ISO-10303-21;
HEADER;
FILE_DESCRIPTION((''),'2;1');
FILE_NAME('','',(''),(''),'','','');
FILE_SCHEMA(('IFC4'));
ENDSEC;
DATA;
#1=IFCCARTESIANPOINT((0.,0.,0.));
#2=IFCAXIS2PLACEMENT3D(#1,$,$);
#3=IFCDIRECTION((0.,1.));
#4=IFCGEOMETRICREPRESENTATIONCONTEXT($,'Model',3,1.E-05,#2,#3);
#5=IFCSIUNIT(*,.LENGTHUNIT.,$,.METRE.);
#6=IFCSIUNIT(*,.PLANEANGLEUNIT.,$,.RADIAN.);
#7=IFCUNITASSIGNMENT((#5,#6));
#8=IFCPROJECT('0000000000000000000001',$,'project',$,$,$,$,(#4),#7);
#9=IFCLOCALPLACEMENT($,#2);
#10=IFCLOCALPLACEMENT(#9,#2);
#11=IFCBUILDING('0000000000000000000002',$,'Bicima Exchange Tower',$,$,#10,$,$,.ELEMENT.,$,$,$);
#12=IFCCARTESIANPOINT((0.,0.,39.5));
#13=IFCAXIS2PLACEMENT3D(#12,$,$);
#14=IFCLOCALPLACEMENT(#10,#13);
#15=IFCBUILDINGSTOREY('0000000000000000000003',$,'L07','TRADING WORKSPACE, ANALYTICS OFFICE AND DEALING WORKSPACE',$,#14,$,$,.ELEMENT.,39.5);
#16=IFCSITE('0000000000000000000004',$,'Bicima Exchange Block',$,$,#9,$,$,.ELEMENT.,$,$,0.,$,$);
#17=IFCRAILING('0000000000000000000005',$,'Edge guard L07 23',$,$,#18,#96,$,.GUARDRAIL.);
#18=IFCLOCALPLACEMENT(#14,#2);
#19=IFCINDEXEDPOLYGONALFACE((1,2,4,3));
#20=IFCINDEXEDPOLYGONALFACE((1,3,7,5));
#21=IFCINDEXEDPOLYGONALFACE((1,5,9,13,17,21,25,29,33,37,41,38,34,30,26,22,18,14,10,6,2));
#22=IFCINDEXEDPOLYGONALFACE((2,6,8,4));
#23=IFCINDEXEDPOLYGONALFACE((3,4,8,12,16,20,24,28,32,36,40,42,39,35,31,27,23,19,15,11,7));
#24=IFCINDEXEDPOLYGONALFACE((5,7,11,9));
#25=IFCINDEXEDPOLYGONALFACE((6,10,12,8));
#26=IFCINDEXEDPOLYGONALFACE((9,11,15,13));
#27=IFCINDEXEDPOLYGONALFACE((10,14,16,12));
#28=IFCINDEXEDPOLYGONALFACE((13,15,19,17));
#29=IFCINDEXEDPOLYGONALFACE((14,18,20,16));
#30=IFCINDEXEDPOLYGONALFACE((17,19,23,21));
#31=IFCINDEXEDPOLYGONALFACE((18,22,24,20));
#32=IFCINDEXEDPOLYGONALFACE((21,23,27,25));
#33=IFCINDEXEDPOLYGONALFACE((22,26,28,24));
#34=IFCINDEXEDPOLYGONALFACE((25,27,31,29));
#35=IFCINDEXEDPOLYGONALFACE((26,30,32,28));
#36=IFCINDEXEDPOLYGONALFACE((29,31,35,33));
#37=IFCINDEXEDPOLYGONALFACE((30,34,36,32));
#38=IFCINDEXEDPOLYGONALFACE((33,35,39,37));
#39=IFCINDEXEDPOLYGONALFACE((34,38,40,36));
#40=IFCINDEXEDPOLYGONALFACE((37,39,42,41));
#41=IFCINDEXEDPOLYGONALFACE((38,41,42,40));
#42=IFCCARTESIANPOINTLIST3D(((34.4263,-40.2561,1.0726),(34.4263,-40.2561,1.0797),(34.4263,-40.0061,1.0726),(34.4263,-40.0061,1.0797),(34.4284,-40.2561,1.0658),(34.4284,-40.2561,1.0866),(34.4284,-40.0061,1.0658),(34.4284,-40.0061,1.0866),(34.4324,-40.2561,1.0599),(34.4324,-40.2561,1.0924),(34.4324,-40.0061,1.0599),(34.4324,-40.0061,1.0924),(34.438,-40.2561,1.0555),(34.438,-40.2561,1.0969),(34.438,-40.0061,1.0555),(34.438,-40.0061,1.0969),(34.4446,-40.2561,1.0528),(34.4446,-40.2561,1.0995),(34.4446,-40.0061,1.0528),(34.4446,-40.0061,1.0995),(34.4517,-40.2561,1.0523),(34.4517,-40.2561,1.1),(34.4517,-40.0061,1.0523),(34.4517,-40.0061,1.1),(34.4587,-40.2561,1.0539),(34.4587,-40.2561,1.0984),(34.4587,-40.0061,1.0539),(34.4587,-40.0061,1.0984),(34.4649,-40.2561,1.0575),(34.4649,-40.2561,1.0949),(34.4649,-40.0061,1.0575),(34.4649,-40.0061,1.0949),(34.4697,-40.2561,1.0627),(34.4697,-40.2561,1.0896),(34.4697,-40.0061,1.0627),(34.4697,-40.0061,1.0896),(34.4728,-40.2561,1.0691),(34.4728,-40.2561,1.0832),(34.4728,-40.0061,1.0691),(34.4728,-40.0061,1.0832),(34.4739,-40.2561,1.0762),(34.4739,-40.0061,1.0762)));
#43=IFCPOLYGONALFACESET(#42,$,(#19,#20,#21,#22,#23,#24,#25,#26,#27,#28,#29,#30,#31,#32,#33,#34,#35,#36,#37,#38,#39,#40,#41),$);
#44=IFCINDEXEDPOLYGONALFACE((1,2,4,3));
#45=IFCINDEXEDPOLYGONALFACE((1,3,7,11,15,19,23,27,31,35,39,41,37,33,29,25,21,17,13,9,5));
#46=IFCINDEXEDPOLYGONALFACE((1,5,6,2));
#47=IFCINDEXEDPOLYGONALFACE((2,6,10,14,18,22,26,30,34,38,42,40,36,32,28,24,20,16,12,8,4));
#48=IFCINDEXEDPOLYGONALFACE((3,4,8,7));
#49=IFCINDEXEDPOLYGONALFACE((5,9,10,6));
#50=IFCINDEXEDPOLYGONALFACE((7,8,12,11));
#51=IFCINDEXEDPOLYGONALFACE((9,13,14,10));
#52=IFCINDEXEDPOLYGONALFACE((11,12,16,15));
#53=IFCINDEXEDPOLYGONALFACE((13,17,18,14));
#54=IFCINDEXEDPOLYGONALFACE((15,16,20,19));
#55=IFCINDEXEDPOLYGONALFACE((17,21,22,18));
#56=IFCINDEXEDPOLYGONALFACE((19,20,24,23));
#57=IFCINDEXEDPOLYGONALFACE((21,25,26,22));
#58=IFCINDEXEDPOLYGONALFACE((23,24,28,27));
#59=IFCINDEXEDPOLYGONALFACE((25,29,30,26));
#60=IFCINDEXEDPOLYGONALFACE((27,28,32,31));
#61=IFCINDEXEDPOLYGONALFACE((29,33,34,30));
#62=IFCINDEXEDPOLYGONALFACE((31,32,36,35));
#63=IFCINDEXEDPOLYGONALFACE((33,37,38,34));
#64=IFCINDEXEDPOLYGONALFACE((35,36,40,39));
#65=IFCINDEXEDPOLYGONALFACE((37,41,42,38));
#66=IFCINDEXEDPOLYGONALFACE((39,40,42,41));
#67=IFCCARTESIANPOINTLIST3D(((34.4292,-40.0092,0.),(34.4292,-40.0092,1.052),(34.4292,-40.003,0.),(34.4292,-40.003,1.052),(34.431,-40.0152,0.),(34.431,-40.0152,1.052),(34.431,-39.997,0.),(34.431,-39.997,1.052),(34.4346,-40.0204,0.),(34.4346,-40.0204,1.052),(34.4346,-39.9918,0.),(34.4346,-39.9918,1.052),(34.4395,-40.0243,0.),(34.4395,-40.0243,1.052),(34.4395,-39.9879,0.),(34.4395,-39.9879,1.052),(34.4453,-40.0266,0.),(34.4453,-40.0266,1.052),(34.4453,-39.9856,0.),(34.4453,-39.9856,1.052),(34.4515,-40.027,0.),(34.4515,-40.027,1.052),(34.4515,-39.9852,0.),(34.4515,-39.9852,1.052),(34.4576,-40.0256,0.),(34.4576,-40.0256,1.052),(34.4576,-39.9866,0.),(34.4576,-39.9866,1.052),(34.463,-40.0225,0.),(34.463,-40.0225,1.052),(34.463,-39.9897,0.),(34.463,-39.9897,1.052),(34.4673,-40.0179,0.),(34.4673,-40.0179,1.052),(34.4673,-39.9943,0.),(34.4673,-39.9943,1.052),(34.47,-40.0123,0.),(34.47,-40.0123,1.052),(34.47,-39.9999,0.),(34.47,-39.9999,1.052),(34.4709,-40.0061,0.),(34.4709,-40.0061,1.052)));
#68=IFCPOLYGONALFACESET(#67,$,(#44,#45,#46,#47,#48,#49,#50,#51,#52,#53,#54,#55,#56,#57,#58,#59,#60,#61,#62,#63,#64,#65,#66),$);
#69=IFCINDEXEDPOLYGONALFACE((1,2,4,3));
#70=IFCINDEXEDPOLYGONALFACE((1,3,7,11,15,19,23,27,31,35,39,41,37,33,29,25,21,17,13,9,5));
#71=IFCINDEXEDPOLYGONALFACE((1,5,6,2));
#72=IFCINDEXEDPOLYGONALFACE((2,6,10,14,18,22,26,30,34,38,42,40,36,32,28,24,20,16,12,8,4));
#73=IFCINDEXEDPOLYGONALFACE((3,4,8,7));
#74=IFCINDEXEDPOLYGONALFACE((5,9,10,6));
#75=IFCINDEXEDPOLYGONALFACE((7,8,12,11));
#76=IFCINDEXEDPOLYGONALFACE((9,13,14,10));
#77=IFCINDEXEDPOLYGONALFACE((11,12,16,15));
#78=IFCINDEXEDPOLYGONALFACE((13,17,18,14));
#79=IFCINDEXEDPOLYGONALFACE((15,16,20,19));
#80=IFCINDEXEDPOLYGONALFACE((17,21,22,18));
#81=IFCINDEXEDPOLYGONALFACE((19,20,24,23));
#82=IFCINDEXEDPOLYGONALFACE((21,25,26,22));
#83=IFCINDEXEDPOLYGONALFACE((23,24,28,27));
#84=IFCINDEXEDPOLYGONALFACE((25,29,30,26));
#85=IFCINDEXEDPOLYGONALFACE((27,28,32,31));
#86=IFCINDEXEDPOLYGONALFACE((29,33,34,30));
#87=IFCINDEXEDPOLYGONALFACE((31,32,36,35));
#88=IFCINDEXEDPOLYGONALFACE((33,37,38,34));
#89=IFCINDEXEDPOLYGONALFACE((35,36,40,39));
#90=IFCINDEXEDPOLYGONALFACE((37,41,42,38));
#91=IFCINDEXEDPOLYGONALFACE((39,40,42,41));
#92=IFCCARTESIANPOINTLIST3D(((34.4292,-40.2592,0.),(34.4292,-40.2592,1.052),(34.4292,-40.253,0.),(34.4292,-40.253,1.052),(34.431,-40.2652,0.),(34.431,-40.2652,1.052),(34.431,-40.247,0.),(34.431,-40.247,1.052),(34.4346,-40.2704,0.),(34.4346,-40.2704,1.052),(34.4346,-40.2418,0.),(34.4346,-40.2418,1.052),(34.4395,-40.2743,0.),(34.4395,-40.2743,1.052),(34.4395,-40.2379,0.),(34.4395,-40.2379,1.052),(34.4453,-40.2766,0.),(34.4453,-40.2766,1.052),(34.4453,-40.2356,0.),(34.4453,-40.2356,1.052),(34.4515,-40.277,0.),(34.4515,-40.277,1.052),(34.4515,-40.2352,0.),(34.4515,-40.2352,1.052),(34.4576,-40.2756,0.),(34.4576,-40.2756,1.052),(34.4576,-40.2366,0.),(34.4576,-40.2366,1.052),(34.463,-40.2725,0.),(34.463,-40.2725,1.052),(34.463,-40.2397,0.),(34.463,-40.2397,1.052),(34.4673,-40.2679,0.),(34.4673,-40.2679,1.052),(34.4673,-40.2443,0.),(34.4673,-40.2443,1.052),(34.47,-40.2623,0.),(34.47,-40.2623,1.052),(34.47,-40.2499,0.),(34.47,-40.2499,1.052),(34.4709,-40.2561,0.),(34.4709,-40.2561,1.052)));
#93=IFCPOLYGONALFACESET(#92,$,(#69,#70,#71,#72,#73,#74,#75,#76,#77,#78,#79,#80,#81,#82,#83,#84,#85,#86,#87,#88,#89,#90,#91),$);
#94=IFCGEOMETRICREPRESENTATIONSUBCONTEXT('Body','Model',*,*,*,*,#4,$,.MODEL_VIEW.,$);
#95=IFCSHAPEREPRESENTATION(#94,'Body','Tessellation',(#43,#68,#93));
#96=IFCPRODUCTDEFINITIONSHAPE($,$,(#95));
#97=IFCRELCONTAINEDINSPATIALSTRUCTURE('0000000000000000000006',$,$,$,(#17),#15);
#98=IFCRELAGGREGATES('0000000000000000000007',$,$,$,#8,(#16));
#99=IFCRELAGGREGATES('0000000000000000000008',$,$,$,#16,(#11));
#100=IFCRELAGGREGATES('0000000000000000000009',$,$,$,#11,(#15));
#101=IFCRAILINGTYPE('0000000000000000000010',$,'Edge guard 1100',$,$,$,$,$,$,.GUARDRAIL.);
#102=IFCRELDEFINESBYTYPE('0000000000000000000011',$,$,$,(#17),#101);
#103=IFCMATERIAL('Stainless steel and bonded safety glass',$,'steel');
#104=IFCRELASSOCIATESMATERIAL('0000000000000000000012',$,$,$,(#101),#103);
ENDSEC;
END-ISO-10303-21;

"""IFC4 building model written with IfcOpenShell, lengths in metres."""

from ifc_helpers import new_model, si_unit, direction, frame, origin, origin_2d, place, context, subcontext, project, spatial, circle, extrude, material, type_object, element, save


model = new_model("IFC4")

# Units and contexts
model_context = context("Model", 3, precision=1e-05, world=origin(), true_north=direction((0.0, 1.0)))
body_context = subcontext(model_context, "Body", "Model", "MODEL_VIEW")
ifc_project = project(units=[si_unit("LENGTHUNIT", "METRE"), si_unit("PLANEANGLEUNIT", "RADIAN")], contexts=[model_context])

# Site, building, storey
site_placement = place(None, origin())
site = spatial("IfcSite", under=ifc_project, at=site_placement, Name="Bicima Exchange Block", CompositionType="ELEMENT", RefElevation=0.0)
building_placement = place(site_placement, origin())
building = spatial("IfcBuilding", under=site, at=building_placement, Name="Bicima Exchange Tower", CompositionType="ELEMENT")
storey_placement = place(building_placement, frame((0.0, 0.0, 39.5)))
storey = spatial("IfcBuildingStorey", under=building, at=storey_placement, Name="L07", Description="TRADING WORKSPACE, ANALYTICS OFFICE AND DEALING WORKSPACE", CompositionType="ELEMENT", Elevation=39.5)

# Railing
ifc_material_1 = material(Name="Stainless steel and bonded safety glass", Category="steel")
railing_type = type_object("IfcRailingType", Name="Edge guard 1100", PredefinedType="GUARDRAIL", material=ifc_material_1)
railing_1_placement = place(storey_placement, frame((34.45, -40.0061, 0.0)))
element("IfcRailing", 1, at=railing_1_placement, inside=storey, type_object=railing_type, Name="Edge guard L07 23", PredefinedType="GUARDRAIL", context=body_context, shape_type="SweptSolid", body=[
    extrude(circle(Radius=0.0239, at=origin_2d()), frame((0.0, 0.0, 1.0762), z_axis=(0.0, -1.0, 0.0), x_axis=(1.0, 0.0, 0.0)), (0.0, 0.0, 1.0), 0.25),
    extrude(circle(Radius=0.021, at=origin_2d()), origin(), (0.0, 0.0, 1.0), 1.052),
    extrude(circle(Radius=0.021, at=origin_2d()), frame((0.0, -0.25, 0.0)), (0.0, 0.0, 1.0), 1.052),
])

save(model, "model.ifc")
